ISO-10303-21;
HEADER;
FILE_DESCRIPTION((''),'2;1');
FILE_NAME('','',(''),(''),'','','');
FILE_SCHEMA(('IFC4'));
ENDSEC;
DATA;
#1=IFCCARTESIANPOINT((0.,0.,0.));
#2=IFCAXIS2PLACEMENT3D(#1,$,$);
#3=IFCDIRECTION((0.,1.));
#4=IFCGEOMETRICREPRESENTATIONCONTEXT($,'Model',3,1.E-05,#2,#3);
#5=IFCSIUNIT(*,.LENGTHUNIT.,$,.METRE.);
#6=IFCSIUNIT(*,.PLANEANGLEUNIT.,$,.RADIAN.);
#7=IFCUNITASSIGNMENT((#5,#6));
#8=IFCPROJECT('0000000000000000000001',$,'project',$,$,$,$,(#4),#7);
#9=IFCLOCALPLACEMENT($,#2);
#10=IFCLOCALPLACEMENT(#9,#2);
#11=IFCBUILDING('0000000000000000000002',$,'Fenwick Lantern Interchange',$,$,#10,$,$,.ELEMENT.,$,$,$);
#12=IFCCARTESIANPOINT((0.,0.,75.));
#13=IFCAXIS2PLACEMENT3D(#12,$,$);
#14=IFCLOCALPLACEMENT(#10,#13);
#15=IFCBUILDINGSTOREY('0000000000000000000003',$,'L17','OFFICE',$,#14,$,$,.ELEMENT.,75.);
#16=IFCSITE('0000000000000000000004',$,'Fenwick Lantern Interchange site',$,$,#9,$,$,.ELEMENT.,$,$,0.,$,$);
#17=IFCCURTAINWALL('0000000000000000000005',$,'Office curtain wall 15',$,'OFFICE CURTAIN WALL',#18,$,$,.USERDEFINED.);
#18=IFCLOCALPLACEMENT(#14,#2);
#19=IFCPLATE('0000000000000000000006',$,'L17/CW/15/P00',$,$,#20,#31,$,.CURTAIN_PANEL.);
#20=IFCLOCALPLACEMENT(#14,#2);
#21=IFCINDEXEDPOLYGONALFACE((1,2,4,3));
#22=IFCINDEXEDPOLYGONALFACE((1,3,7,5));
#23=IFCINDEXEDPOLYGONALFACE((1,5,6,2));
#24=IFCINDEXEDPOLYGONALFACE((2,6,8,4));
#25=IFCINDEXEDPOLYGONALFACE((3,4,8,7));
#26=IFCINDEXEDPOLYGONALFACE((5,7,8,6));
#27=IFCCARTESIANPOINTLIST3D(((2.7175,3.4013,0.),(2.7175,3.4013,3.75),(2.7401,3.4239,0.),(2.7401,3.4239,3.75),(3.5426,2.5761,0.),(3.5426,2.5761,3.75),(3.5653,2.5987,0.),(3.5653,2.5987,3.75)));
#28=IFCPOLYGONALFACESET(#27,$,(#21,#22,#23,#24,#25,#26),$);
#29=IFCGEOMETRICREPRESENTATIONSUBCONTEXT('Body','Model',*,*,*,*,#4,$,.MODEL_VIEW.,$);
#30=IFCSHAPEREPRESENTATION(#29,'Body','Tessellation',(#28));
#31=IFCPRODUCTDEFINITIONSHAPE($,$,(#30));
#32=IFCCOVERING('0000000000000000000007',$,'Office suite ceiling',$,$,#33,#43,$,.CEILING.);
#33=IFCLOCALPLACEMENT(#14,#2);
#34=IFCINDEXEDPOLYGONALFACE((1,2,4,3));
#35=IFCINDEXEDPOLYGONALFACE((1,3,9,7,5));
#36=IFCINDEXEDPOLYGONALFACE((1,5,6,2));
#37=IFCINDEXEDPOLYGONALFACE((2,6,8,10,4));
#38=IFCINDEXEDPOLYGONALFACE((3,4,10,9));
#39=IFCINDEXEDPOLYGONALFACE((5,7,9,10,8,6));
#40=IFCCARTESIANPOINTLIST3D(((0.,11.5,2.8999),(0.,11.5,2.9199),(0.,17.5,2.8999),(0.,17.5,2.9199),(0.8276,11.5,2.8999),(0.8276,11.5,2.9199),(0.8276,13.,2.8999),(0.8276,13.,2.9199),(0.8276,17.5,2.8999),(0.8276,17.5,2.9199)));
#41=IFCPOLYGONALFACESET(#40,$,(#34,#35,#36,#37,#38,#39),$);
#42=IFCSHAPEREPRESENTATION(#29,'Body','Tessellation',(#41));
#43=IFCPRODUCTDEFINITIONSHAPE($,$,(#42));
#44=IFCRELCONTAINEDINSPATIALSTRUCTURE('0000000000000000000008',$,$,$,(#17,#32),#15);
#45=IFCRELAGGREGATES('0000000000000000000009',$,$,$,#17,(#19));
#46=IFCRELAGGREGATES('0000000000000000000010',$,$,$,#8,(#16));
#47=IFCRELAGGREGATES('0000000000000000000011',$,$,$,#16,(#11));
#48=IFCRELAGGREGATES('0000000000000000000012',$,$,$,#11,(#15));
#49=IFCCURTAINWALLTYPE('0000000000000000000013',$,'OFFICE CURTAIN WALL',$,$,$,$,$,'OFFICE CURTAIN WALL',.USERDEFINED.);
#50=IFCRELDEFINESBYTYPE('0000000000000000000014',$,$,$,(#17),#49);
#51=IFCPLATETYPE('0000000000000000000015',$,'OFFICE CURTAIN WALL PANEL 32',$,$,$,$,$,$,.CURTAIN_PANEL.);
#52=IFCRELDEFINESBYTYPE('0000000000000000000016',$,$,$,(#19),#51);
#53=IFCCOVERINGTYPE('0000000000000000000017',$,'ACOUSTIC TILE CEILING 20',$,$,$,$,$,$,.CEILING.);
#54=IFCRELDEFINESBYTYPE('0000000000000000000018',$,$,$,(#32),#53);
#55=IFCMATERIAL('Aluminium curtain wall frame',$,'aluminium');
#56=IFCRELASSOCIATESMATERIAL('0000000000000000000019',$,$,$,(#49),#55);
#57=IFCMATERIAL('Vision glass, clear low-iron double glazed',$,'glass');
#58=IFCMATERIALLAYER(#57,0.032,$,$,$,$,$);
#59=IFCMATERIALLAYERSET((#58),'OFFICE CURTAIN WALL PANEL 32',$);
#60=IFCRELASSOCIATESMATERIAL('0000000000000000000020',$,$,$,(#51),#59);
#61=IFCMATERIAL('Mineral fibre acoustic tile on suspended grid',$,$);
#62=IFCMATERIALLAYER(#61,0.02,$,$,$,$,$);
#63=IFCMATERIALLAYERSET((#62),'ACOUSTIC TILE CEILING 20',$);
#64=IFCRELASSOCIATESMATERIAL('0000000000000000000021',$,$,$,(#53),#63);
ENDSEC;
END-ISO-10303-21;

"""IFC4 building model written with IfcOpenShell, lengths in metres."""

from ifc_helpers import new_model, si_unit, direction, frame, origin, origin_2d, place, context, subcontext, project, spatial, polyline, rectangle, outline, extrude, material, layer, layer_set, type_object, element, aggregate, save


model = new_model("IFC4")

# Units and contexts
model_context = context("Model", 3, precision=1e-05, world=origin(), true_north=direction((0.0, 1.0)))
body_context = subcontext(model_context, "Body", "Model", "MODEL_VIEW")
ifc_project = project(units=[si_unit("LENGTHUNIT", "METRE"), si_unit("PLANEANGLEUNIT", "RADIAN")], contexts=[model_context])

# Site, building, storey
site_placement = place(None, origin())
site = spatial("IfcSite", under=ifc_project, at=site_placement, Name="Fenwick Lantern Interchange site", CompositionType="ELEMENT", RefElevation=0.0)
building_placement = place(site_placement, origin())
building = spatial("IfcBuilding", under=site, at=building_placement, Name="Fenwick Lantern Interchange", CompositionType="ELEMENT")
storey_placement = place(building_placement, frame((0.0, 0.0, 75.0)))
storey = spatial("IfcBuildingStorey", under=building, at=storey_placement, Name="L17", Description="OFFICE", CompositionType="ELEMENT", Elevation=75.0)

# Curtain wall
ifc_material_1 = material(Name="Aluminium curtain wall frame", Category="aluminium")
curtain_wall_type = type_object("IfcCurtainWallType", Name="OFFICE CURTAIN WALL", ElementType="OFFICE CURTAIN WALL", PredefinedType="USERDEFINED", material=ifc_material_1)
curtain_wall_1_placement = place(storey_placement, origin())
curtain_wall_1 = element("IfcCurtainWall", 1, at=curtain_wall_1_placement, inside=storey, type_object=curtain_wall_type, Name="Office curtain wall 15", ObjectType="OFFICE CURTAIN WALL", PredefinedType="USERDEFINED")

# Shared definitions
ifc_material_2 = material(Name="Vision glass, clear low-iron double glazed", Category="glass")
ifc_layer_1 = layer(ifc_material_2, 0.032)
ifc_layer_set_1 = layer_set([ifc_layer_1], Name="OFFICE CURTAIN WALL PANEL 32")
plate_type = type_object("IfcPlateType", Name="OFFICE CURTAIN WALL PANEL 32", PredefinedType="CURTAIN_PANEL", material=ifc_layer_set_1)

# Plate
plate_1_placement = place(storey_placement, frame((3.1414, 3.0, 0.0), z_axis=(0.0, 0.0, 1.0), x_axis=(0.707107, -0.707107, 0.0)))
plate_1 = element("IfcPlate", 2, at=plate_1_placement, type_object=plate_type, Name="L17/CW/15/P00", PredefinedType="CURTAIN_PANEL", context=body_context, shape_type="SweptSolid", body=[
    extrude(rectangle(XDim=1.167, YDim=0.032, at=origin_2d()), origin(), (0.0, 0.0, 1.0), 3.75),
])
aggregate(curtain_wall_1, [plate_1])

# Covering
ifc_material_3 = material(Name="Mineral fibre acoustic tile on suspended grid")
ifc_layer_2 = layer(ifc_material_3, 0.02)
ifc_layer_set_2 = layer_set([ifc_layer_2], Name="ACOUSTIC TILE CEILING 20")
covering_type_1 = type_object("IfcCoveringType", Name="ACOUSTIC TILE CEILING 20", PredefinedType="CEILING", material=ifc_layer_set_2)
covering_1_placement = place(storey_placement, frame((0.0, 0.0, 2.8999)))
element("IfcCovering", 3, at=covering_1_placement, inside=storey, type_object=covering_type_1, Name="Office suite ceiling", PredefinedType="CEILING", context=body_context, shape_type="SweptSolid", body=[
    extrude(outline(polyline([(0.0, 17.5), (0.0, 11.5), (0.8276, 11.5), (0.8276, 13.0), (0.8276, 17.5), (0.0, 17.5)])), origin(), (0.0, 0.0, 1.0), 0.02),
])

save(model, "model.ifc")
